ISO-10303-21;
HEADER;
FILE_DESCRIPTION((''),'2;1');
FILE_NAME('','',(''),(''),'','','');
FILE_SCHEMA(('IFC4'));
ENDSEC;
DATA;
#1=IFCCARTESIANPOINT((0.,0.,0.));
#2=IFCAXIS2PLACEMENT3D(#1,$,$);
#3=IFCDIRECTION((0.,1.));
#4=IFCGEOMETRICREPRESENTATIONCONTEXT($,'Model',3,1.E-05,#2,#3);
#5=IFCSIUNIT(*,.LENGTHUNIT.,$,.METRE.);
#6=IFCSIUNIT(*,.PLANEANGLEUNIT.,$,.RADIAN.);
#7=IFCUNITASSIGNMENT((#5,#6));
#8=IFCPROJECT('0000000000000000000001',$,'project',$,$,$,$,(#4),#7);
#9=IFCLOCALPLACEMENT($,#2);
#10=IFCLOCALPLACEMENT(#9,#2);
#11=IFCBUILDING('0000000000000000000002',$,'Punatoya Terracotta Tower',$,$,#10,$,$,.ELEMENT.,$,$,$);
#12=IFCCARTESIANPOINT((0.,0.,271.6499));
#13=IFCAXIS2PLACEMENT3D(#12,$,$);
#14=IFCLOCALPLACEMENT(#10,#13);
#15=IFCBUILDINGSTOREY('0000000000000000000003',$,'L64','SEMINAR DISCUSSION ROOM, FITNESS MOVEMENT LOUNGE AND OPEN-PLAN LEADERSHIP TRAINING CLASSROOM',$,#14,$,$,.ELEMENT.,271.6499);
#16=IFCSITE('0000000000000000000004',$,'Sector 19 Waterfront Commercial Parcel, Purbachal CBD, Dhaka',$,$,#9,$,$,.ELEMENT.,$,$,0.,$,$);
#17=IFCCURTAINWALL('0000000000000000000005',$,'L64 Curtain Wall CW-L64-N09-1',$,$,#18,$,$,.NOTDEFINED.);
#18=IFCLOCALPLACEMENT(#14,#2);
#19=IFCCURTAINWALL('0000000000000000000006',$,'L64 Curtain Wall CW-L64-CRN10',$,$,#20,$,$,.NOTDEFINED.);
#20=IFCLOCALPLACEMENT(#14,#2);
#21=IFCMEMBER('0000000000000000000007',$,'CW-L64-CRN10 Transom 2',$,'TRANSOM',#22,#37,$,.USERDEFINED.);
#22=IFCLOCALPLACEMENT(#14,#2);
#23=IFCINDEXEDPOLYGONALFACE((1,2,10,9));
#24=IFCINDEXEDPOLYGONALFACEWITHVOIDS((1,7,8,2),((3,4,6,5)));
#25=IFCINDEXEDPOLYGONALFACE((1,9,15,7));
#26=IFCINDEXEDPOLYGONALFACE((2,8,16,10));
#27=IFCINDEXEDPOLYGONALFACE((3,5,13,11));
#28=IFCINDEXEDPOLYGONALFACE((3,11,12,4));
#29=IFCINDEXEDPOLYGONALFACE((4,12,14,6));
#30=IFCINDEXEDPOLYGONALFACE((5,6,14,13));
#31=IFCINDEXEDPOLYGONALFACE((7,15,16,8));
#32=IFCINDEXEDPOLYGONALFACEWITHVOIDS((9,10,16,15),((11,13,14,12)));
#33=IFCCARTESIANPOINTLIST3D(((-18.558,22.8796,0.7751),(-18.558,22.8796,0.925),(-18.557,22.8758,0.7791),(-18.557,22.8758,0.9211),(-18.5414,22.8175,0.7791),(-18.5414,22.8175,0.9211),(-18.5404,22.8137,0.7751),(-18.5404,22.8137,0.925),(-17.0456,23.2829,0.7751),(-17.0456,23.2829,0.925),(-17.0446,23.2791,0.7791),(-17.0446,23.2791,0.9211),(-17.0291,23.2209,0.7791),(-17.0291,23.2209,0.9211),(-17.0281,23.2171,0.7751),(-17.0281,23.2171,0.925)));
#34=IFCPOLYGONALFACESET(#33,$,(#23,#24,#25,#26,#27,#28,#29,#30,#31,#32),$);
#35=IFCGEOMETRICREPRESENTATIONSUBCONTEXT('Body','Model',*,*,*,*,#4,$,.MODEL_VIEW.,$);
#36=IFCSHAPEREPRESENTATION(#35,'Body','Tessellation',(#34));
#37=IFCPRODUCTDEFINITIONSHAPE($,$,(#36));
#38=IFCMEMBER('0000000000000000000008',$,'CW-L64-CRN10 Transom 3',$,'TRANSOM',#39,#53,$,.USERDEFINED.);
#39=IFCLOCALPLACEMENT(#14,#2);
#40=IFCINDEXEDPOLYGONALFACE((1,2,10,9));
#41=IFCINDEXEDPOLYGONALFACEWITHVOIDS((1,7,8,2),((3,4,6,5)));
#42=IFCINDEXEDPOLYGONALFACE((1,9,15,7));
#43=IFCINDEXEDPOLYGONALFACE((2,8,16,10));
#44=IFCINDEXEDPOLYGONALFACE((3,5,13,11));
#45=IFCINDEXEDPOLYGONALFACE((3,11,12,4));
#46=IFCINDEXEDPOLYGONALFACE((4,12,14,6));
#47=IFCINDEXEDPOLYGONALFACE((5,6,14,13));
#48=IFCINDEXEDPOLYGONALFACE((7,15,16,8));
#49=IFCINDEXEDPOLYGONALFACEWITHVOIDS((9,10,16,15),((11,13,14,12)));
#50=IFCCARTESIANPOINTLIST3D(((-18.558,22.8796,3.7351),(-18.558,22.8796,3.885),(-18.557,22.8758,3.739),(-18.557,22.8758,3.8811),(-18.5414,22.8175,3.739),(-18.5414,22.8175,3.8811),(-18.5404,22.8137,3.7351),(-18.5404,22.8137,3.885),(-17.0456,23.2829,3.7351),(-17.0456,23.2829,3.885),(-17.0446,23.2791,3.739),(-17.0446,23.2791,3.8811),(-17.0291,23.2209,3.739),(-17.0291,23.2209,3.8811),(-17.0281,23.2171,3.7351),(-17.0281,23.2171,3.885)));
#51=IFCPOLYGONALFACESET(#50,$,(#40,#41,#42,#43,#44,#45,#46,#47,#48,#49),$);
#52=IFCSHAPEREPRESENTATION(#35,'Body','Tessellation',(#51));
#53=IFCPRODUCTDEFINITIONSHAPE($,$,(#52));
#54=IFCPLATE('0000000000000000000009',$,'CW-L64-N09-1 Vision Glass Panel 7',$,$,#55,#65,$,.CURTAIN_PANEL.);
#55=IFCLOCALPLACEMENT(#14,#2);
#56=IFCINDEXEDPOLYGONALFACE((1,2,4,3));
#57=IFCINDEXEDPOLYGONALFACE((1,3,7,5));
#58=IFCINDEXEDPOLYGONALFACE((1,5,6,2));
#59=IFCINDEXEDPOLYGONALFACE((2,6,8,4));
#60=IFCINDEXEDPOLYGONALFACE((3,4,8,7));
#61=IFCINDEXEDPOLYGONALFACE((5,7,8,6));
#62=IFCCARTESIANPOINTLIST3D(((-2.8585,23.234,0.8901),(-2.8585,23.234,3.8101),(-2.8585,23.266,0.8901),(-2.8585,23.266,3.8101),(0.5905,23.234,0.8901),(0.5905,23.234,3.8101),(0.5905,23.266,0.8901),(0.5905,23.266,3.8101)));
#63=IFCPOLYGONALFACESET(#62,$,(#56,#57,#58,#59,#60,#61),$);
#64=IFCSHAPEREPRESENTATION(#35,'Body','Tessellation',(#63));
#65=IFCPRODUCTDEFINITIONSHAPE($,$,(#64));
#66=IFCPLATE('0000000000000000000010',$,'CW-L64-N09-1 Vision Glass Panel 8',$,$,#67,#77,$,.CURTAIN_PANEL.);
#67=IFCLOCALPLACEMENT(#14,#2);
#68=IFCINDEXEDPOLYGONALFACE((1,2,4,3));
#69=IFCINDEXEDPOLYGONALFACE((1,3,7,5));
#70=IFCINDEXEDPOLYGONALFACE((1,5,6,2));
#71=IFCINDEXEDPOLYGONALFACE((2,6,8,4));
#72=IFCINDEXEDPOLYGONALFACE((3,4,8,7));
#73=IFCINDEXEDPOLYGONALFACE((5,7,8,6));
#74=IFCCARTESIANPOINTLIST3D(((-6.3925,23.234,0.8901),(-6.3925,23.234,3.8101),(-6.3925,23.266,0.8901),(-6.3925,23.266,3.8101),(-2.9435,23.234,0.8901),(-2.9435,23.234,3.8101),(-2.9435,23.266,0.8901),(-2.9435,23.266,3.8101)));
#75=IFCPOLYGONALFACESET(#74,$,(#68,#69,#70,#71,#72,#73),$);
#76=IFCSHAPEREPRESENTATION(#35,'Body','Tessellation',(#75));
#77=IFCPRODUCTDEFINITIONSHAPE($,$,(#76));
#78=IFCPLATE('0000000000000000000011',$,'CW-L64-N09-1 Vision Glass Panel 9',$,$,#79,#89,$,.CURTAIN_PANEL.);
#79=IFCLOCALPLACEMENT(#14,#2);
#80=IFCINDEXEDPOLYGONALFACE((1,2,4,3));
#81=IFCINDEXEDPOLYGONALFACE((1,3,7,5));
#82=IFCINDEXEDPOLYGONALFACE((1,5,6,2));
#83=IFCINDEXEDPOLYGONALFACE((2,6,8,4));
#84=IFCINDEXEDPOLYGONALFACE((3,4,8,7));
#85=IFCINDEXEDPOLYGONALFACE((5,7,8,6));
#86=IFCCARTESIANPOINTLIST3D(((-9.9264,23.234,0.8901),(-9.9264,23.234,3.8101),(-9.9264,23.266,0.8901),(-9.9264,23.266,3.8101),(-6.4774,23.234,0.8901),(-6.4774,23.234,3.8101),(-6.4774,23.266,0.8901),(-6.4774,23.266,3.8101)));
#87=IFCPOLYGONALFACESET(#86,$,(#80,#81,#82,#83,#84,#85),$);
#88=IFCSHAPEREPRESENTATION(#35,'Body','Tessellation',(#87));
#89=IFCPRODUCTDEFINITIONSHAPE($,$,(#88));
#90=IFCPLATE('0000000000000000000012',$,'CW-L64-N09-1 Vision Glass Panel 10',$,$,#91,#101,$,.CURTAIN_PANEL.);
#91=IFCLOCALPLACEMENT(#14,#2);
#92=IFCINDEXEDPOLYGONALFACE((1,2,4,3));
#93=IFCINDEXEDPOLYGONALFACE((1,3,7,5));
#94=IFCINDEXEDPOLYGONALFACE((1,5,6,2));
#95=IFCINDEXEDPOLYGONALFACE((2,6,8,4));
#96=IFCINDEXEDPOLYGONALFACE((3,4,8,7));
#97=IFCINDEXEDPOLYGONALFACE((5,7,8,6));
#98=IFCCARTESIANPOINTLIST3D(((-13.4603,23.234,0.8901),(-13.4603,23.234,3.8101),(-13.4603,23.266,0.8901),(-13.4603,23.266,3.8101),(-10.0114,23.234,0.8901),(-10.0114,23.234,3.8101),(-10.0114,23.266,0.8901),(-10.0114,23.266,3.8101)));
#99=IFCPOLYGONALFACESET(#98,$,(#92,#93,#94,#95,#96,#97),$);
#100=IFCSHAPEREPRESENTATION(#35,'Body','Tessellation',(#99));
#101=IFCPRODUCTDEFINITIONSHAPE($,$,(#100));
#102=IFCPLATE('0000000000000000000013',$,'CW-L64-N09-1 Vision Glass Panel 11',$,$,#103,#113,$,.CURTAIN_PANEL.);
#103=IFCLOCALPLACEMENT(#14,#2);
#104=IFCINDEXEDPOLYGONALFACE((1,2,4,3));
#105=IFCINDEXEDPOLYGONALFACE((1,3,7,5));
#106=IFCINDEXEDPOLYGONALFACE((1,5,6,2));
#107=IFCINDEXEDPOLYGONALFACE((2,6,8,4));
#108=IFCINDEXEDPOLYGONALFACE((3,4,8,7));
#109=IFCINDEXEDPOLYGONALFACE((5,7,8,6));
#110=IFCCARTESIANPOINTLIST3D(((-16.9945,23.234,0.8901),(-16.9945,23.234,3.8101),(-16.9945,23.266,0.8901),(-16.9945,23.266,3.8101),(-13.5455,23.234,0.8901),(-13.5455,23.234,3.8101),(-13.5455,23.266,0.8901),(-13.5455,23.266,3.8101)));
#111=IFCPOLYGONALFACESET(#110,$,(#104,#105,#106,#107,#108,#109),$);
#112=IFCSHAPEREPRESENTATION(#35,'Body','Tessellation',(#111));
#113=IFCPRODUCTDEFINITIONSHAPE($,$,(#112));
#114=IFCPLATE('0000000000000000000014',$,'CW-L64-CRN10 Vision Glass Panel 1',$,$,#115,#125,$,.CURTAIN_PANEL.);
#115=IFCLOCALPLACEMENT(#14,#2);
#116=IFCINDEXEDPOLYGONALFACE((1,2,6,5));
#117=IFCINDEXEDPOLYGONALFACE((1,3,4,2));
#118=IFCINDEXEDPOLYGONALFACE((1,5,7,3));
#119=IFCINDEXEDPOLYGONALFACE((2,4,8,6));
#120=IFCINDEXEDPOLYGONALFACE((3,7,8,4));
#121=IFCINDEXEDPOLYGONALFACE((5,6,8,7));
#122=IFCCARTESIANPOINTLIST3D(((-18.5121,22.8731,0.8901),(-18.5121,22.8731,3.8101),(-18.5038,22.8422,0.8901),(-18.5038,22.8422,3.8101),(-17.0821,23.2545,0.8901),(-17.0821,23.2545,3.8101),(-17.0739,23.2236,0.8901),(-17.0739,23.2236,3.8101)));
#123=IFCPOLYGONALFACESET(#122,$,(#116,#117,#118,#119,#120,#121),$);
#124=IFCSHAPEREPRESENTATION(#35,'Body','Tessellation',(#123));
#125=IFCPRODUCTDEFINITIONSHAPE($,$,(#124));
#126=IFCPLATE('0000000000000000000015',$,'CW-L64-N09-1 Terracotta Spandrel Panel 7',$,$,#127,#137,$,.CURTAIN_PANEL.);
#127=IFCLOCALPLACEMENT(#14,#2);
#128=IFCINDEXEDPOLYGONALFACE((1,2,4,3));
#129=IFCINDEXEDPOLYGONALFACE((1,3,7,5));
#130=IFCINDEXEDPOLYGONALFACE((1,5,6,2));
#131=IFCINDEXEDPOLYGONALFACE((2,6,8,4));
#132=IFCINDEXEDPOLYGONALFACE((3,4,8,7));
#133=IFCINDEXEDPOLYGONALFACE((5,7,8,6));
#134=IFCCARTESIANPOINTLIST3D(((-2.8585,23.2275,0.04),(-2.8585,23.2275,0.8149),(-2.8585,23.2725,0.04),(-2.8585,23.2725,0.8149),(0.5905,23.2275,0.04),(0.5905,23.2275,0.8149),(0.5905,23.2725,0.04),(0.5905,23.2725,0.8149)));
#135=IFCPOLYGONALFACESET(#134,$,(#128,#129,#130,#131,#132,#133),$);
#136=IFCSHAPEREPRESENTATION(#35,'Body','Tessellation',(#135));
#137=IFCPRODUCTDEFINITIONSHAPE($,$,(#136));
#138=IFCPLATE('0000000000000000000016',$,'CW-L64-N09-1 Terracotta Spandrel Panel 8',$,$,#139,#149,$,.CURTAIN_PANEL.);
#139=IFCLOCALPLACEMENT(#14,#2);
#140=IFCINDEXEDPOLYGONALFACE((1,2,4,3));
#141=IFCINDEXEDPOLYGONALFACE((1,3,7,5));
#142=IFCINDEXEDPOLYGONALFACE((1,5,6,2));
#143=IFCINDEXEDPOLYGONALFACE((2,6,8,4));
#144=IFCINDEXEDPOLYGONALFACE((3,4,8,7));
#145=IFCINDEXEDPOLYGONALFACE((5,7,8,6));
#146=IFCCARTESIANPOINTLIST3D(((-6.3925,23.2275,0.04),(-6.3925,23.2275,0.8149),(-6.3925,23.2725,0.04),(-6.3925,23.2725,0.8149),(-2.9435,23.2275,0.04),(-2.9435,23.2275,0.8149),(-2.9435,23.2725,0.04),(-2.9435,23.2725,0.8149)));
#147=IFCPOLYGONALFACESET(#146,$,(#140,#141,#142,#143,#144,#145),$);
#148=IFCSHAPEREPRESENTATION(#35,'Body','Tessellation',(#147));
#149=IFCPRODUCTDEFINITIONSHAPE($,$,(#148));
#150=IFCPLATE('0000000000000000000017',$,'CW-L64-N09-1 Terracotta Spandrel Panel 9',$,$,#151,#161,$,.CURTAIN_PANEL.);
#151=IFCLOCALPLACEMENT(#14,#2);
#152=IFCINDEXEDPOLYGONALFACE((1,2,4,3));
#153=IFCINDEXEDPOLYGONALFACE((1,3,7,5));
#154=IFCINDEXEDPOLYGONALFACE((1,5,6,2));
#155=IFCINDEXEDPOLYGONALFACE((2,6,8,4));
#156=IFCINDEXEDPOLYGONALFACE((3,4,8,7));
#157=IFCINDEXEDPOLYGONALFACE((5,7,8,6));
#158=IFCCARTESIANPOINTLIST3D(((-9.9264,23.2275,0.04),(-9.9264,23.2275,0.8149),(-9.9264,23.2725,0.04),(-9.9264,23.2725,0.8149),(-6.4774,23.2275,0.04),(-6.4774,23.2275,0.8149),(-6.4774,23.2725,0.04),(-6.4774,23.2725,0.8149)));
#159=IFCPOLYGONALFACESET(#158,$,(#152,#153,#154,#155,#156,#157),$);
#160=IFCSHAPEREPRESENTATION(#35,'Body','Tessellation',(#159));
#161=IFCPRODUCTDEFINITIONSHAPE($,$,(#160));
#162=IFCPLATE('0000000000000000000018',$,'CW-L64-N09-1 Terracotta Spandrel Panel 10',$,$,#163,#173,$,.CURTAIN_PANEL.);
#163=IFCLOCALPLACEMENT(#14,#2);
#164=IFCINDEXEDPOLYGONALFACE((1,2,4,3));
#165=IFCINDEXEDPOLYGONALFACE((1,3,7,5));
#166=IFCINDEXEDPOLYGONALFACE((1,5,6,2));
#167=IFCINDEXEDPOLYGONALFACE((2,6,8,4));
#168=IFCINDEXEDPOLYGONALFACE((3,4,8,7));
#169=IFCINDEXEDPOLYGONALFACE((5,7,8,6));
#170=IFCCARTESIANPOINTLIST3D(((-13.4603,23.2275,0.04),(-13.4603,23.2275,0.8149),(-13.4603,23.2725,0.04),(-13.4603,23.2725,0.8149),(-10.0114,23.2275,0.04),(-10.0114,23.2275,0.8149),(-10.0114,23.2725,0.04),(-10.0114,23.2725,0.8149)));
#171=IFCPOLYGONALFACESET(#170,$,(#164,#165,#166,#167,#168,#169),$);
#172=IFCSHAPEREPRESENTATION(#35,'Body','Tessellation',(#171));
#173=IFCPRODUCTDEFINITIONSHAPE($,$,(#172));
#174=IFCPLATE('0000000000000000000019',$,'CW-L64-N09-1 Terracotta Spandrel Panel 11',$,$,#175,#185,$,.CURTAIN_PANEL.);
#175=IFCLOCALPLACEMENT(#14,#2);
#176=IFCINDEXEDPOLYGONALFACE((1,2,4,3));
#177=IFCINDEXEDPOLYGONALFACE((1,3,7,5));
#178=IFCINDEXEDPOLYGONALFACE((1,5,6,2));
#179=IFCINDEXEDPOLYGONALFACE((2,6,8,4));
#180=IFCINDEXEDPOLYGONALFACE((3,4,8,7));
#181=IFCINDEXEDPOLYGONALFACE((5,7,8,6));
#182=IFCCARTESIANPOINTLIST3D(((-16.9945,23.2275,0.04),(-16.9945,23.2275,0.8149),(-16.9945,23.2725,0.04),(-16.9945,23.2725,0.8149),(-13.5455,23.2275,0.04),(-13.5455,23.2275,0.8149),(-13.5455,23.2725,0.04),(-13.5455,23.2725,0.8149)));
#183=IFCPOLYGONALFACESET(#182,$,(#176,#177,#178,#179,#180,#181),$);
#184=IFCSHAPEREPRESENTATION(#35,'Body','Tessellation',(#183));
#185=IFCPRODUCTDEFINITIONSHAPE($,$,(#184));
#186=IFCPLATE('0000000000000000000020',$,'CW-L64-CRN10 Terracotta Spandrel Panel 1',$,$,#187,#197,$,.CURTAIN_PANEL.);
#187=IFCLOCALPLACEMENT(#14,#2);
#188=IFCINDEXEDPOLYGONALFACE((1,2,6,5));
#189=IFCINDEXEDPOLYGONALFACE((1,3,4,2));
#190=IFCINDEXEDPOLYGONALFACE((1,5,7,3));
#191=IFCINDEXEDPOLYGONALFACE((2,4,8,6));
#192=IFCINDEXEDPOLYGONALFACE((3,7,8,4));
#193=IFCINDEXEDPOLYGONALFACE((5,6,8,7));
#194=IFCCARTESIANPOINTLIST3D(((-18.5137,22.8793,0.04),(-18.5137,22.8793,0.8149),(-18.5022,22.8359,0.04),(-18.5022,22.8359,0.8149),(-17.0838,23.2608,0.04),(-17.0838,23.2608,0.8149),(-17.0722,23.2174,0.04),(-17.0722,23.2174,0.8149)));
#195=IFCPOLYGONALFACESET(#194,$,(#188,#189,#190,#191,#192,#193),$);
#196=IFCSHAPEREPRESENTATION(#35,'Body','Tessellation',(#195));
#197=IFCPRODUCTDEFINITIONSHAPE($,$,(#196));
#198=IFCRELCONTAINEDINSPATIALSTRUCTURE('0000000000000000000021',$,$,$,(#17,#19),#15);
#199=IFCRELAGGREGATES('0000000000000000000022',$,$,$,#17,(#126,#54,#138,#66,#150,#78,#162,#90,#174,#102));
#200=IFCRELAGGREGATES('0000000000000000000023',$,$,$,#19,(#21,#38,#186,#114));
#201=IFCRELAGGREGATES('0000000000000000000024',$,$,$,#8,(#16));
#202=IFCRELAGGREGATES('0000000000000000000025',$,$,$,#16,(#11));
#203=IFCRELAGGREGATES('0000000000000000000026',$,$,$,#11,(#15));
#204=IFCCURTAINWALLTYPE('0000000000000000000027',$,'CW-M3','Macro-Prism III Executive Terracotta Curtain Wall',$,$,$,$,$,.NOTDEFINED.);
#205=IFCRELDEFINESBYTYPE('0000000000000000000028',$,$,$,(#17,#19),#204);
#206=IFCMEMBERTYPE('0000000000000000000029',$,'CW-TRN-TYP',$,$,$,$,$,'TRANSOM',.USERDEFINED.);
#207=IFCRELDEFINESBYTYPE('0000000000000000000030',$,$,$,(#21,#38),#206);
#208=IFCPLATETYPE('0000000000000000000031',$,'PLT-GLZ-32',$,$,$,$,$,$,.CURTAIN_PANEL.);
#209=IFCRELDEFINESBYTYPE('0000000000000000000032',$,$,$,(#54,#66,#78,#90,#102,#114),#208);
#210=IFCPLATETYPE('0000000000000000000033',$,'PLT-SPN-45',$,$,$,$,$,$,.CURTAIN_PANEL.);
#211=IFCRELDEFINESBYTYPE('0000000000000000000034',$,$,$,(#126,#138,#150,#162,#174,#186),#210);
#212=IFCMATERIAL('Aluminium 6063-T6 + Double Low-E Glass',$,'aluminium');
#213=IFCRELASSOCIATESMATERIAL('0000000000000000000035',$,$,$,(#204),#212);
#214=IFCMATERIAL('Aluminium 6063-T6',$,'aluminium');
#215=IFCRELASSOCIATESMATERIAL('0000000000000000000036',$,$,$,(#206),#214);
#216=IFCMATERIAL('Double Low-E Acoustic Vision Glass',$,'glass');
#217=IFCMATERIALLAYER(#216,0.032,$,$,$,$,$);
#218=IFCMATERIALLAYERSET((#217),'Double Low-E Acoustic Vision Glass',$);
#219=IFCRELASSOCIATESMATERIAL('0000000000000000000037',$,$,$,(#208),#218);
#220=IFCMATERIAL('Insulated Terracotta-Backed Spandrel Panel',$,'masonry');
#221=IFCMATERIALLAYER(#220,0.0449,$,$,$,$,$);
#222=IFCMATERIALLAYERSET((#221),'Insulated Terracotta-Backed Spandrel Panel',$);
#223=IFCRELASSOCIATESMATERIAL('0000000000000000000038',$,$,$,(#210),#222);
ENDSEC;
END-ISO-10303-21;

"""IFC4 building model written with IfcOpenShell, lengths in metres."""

from ifc_helpers import new_model, si_unit, direction, frame, origin, origin_2d, place, context, subcontext, project, spatial, rectangle, hollow_rectangle, extrude, material, layer, layer_set, material_profile, profile_set, type_object, element, aggregate, save


model = new_model("IFC4")

# Units and contexts
model_context = context("Model", 3, precision=1e-05, world=origin(), true_north=direction((0.0, 1.0)))
body_context = subcontext(model_context, "Body", "Model", "MODEL_VIEW")
ifc_project = project(units=[si_unit("LENGTHUNIT", "METRE"), si_unit("PLANEANGLEUNIT", "RADIAN")], contexts=[model_context])

# Site, building, storey
site_placement = place(None, origin())
site = spatial("IfcSite", under=ifc_project, at=site_placement, Name="Sector 19 Waterfront Commercial Parcel, Purbachal CBD, Dhaka", CompositionType="ELEMENT", RefElevation=0.0)
building_placement = place(site_placement, origin())
building = spatial("IfcBuilding", under=site, at=building_placement, Name="Punatoya Terracotta Tower", CompositionType="ELEMENT")
storey_placement = place(building_placement, frame((0.0, 0.0, 271.6499)))
storey = spatial("IfcBuildingStorey", under=building, at=storey_placement, Name="L64", Description="SEMINAR DISCUSSION ROOM, FITNESS MOVEMENT LOUNGE AND OPEN-PLAN LEADERSHIP TRAINING CLASSROOM", CompositionType="ELEMENT", Elevation=271.6499)

# Curtain walls, members
ifc_material_1 = material(Name="Aluminium 6063-T6 + Double Low-E Glass", Category="aluminium")
curtain_wall_type = type_object("IfcCurtainWallType", Name="CW-M3", Description="Macro-Prism III Executive Terracotta Curtain Wall", PredefinedType="NOTDEFINED", material=ifc_material_1)
curtain_wall_1_placement = place(storey_placement, origin())
curtain_wall_1 = element("IfcCurtainWall", 1, at=curtain_wall_1_placement, inside=storey, type_object=curtain_wall_type, Name="L64 Curtain Wall CW-L64-N09-1", PredefinedType="NOTDEFINED")
ifc_material_2 = material(Name="Aluminium 6063-T6", Category="aluminium")
curtain_wall_2_placement = place(storey_placement, origin())
curtain_wall_2 = element("IfcCurtainWall", 2, at=curtain_wall_2_placement, inside=storey, type_object=curtain_wall_type, Name="L64 Curtain Wall CW-L64-CRN10", PredefinedType="NOTDEFINED")
ifc_material_profile_1 = material_profile(ifc_material_2, hollow_rectangle(XDim=0.0681, YDim=0.1499, WallThickness=0.0039, at=origin_2d()))
ifc_profile_set_1 = profile_set([ifc_material_profile_1], Name="Aluminium 6063-T6")
member_type_1 = type_object("IfcMemberType", Name="CW-TRN-TYP", ElementType="TRANSOM", PredefinedType="USERDEFINED", material=ifc_profile_set_1)
member_1_placement = place(storey_placement, frame((-17.0369, 23.25, 0.8501), z_axis=(-0.966225, -0.257701, 0.0), x_axis=(0.257701, -0.966225, 0.0)))
member_1 = element("IfcMember", 3, at=member_1_placement, type_object=member_type_1, Name="CW-L64-CRN10 Transom 2", ObjectType="TRANSOM", PredefinedType="USERDEFINED", context=body_context, shape_type="SweptSolid", body=[
    extrude(hollow_rectangle(XDim=0.0681, YDim=0.1499, WallThickness=0.0039, at=origin_2d()), origin(), (0.0, 0.0, 1.0), 1.5652),
])
member_2_placement = place(storey_placement, frame((-17.0369, 23.25, 3.8101), z_axis=(-0.966225, -0.257701, 0.0), x_axis=(0.257701, -0.966225, 0.0)))
member_2 = element("IfcMember", 4, at=member_2_placement, type_object=member_type_1, Name="CW-L64-CRN10 Transom 3", ObjectType="TRANSOM", PredefinedType="USERDEFINED", context=body_context, shape_type="SweptSolid", body=[
    extrude(hollow_rectangle(XDim=0.0681, YDim=0.1499, WallThickness=0.0039, at=origin_2d()), origin(), (0.0, 0.0, 1.0), 1.5652),
])

# Plates
ifc_material_3 = material(Name="Double Low-E Acoustic Vision Glass", Category="glass")
ifc_layer_1 = layer(ifc_material_3, 0.032)
ifc_layer_set_1 = layer_set([ifc_layer_1], Name="Double Low-E Acoustic Vision Glass")
plate_type_1 = type_object("IfcPlateType", Name="PLT-GLZ-32", PredefinedType="CURTAIN_PANEL", material=ifc_layer_set_1)
plate_1_placement = place(storey_placement, frame((-1.134, 23.25, 0.8901), z_axis=(0.0, 0.0, 1.0), x_axis=(-1.0, 0.0, 0.0)))
plate_1 = element("IfcPlate", 5, at=plate_1_placement, type_object=plate_type_1, Name="CW-L64-N09-1 Vision Glass Panel 7", PredefinedType="CURTAIN_PANEL", context=body_context, shape_type="SweptSolid", body=[
    extrude(rectangle(XDim=3.449, YDim=0.032, at=origin_2d()), origin(), (0.0, 0.0, 1.0), 2.9199),
])
plate_2_placement = place(storey_placement, frame((-4.668, 23.25, 0.8901), z_axis=(0.0, 0.0, 1.0), x_axis=(-1.0, 0.0, 0.0)))
plate_2 = element("IfcPlate", 6, at=plate_2_placement, type_object=plate_type_1, Name="CW-L64-N09-1 Vision Glass Panel 8", PredefinedType="CURTAIN_PANEL", context=body_context, shape_type="SweptSolid", body=[
    extrude(rectangle(XDim=3.449, YDim=0.032, at=origin_2d()), origin(), (0.0, 0.0, 1.0), 2.9199),
])
plate_3_placement = place(storey_placement, frame((-8.2019, 23.25, 0.8901), z_axis=(0.0, 0.0, 1.0), x_axis=(-1.0, 0.0, 0.0)))
plate_3 = element("IfcPlate", 7, at=plate_3_placement, type_object=plate_type_1, Name="CW-L64-N09-1 Vision Glass Panel 9", PredefinedType="CURTAIN_PANEL", context=body_context, shape_type="SweptSolid", body=[
    extrude(rectangle(XDim=3.449, YDim=0.032, at=origin_2d()), origin(), (0.0, 0.0, 1.0), 2.9199),
])
plate_4_placement = place(storey_placement, frame((-11.7358, 23.25, 0.8901), z_axis=(0.0, 0.0, 1.0), x_axis=(-1.0, 0.0, 0.0)))
plate_4 = element("IfcPlate", 8, at=plate_4_placement, type_object=plate_type_1, Name="CW-L64-N09-1 Vision Glass Panel 10", PredefinedType="CURTAIN_PANEL", context=body_context, shape_type="SweptSolid", body=[
    extrude(rectangle(XDim=3.449, YDim=0.032, at=origin_2d()), origin(), (0.0, 0.0, 1.0), 2.9199),
])
plate_5_placement = place(storey_placement, frame((-15.27, 23.25, 0.8901), z_axis=(0.0, 0.0, 1.0), x_axis=(-1.0, 0.0, 0.0)))
plate_5 = element("IfcPlate", 9, at=plate_5_placement, type_object=plate_type_1, Name="CW-L64-N09-1 Vision Glass Panel 11", PredefinedType="CURTAIN_PANEL", context=body_context, shape_type="SweptSolid", body=[
    extrude(rectangle(XDim=3.449, YDim=0.032, at=origin_2d()), origin(), (0.0, 0.0, 1.0), 2.9199),
])
plate_6_placement = place(storey_placement, frame((-17.793, 23.0483, 0.8901), z_axis=(0.0, 0.0, 1.0), x_axis=(-0.966214, -0.257742, 0.0)))
plate_6 = element("IfcPlate", 10, at=plate_6_placement, type_object=plate_type_1, Name="CW-L64-CRN10 Vision Glass Panel 1", PredefinedType="CURTAIN_PANEL", context=body_context, shape_type="SweptSolid", body=[
    extrude(rectangle(XDim=1.48, YDim=0.032, at=origin_2d()), origin(), (0.0, 0.0, 1.0), 2.9199),
])
ifc_material_4 = material(Name="Insulated Terracotta-Backed Spandrel Panel", Category="masonry")
ifc_layer_2 = layer(ifc_material_4, 0.0449)
ifc_layer_set_2 = layer_set([ifc_layer_2], Name="Insulated Terracotta-Backed Spandrel Panel")
plate_type_2 = type_object("IfcPlateType", Name="PLT-SPN-45", PredefinedType="CURTAIN_PANEL", material=ifc_layer_set_2)
plate_7_placement = place(storey_placement, frame((-1.134, 23.25, 0.04), z_axis=(0.0, 0.0, 1.0), x_axis=(-1.0, 0.0, 0.0)))
plate_7 = element("IfcPlate", 11, at=plate_7_placement, type_object=plate_type_2, Name="CW-L64-N09-1 Terracotta Spandrel Panel 7", PredefinedType="CURTAIN_PANEL", context=body_context, shape_type="SweptSolid", body=[
    extrude(rectangle(XDim=3.449, YDim=0.0449, at=origin_2d()), origin(), (0.0, 0.0, 1.0), 0.7749),
])
plate_8_placement = place(storey_placement, frame((-4.668, 23.25, 0.04), z_axis=(0.0, 0.0, 1.0), x_axis=(-1.0, 0.0, 0.0)))
plate_8 = element("IfcPlate", 12, at=plate_8_placement, type_object=plate_type_2, Name="CW-L64-N09-1 Terracotta Spandrel Panel 8", PredefinedType="CURTAIN_PANEL", context=body_context, shape_type="SweptSolid", body=[
    extrude(rectangle(XDim=3.449, YDim=0.0449, at=origin_2d()), origin(), (0.0, 0.0, 1.0), 0.7749),
])
plate_9_placement = place(storey_placement, frame((-8.2019, 23.25, 0.04), z_axis=(0.0, 0.0, 1.0), x_axis=(-1.0, 0.0, 0.0)))
plate_9 = element("IfcPlate", 13, at=plate_9_placement, type_object=plate_type_2, Name="CW-L64-N09-1 Terracotta Spandrel Panel 9", PredefinedType="CURTAIN_PANEL", context=body_context, shape_type="SweptSolid", body=[
    extrude(rectangle(XDim=3.449, YDim=0.0449, at=origin_2d()), origin(), (0.0, 0.0, 1.0), 0.7749),
])
plate_10_placement = place(storey_placement, frame((-11.7358, 23.25, 0.04), z_axis=(0.0, 0.0, 1.0), x_axis=(-1.0, 0.0, 0.0)))
plate_10 = element("IfcPlate", 14, at=plate_10_placement, type_object=plate_type_2, Name="CW-L64-N09-1 Terracotta Spandrel Panel 10", PredefinedType="CURTAIN_PANEL", context=body_context, shape_type="SweptSolid", body=[
    extrude(rectangle(XDim=3.449, YDim=0.0449, at=origin_2d()), origin(), (0.0, 0.0, 1.0), 0.7749),
])
plate_11_placement = place(storey_placement, frame((-15.27, 23.25, 0.04), z_axis=(0.0, 0.0, 1.0), x_axis=(-1.0, 0.0, 0.0)))
plate_11 = element("IfcPlate", 15, at=plate_11_placement, type_object=plate_type_2, Name="CW-L64-N09-1 Terracotta Spandrel Panel 11", PredefinedType="CURTAIN_PANEL", context=body_context, shape_type="SweptSolid", body=[
    extrude(rectangle(XDim=3.449, YDim=0.0449, at=origin_2d()), origin(), (0.0, 0.0, 1.0), 0.7749),
])
aggregate(curtain_wall_1, [plate_7, plate_1, plate_8, plate_2, plate_9, plate_3, plate_10, plate_4, plate_11, plate_5])
plate_12_placement = place(storey_placement, frame((-17.793, 23.0483, 0.04), z_axis=(0.0, 0.0, 1.0), x_axis=(-0.966214, -0.257742, 0.0)))
plate_12 = element("IfcPlate", 16, at=plate_12_placement, type_object=plate_type_2, Name="CW-L64-CRN10 Terracotta Spandrel Panel 1", PredefinedType="CURTAIN_PANEL", context=body_context, shape_type="SweptSolid", body=[
    extrude(rectangle(XDim=1.48, YDim=0.0449, at=origin_2d()), origin(), (0.0, 0.0, 1.0), 0.7749),
])
aggregate(curtain_wall_2, [member_1, member_2, plate_12, plate_6])

save(model, "model.ifc")
